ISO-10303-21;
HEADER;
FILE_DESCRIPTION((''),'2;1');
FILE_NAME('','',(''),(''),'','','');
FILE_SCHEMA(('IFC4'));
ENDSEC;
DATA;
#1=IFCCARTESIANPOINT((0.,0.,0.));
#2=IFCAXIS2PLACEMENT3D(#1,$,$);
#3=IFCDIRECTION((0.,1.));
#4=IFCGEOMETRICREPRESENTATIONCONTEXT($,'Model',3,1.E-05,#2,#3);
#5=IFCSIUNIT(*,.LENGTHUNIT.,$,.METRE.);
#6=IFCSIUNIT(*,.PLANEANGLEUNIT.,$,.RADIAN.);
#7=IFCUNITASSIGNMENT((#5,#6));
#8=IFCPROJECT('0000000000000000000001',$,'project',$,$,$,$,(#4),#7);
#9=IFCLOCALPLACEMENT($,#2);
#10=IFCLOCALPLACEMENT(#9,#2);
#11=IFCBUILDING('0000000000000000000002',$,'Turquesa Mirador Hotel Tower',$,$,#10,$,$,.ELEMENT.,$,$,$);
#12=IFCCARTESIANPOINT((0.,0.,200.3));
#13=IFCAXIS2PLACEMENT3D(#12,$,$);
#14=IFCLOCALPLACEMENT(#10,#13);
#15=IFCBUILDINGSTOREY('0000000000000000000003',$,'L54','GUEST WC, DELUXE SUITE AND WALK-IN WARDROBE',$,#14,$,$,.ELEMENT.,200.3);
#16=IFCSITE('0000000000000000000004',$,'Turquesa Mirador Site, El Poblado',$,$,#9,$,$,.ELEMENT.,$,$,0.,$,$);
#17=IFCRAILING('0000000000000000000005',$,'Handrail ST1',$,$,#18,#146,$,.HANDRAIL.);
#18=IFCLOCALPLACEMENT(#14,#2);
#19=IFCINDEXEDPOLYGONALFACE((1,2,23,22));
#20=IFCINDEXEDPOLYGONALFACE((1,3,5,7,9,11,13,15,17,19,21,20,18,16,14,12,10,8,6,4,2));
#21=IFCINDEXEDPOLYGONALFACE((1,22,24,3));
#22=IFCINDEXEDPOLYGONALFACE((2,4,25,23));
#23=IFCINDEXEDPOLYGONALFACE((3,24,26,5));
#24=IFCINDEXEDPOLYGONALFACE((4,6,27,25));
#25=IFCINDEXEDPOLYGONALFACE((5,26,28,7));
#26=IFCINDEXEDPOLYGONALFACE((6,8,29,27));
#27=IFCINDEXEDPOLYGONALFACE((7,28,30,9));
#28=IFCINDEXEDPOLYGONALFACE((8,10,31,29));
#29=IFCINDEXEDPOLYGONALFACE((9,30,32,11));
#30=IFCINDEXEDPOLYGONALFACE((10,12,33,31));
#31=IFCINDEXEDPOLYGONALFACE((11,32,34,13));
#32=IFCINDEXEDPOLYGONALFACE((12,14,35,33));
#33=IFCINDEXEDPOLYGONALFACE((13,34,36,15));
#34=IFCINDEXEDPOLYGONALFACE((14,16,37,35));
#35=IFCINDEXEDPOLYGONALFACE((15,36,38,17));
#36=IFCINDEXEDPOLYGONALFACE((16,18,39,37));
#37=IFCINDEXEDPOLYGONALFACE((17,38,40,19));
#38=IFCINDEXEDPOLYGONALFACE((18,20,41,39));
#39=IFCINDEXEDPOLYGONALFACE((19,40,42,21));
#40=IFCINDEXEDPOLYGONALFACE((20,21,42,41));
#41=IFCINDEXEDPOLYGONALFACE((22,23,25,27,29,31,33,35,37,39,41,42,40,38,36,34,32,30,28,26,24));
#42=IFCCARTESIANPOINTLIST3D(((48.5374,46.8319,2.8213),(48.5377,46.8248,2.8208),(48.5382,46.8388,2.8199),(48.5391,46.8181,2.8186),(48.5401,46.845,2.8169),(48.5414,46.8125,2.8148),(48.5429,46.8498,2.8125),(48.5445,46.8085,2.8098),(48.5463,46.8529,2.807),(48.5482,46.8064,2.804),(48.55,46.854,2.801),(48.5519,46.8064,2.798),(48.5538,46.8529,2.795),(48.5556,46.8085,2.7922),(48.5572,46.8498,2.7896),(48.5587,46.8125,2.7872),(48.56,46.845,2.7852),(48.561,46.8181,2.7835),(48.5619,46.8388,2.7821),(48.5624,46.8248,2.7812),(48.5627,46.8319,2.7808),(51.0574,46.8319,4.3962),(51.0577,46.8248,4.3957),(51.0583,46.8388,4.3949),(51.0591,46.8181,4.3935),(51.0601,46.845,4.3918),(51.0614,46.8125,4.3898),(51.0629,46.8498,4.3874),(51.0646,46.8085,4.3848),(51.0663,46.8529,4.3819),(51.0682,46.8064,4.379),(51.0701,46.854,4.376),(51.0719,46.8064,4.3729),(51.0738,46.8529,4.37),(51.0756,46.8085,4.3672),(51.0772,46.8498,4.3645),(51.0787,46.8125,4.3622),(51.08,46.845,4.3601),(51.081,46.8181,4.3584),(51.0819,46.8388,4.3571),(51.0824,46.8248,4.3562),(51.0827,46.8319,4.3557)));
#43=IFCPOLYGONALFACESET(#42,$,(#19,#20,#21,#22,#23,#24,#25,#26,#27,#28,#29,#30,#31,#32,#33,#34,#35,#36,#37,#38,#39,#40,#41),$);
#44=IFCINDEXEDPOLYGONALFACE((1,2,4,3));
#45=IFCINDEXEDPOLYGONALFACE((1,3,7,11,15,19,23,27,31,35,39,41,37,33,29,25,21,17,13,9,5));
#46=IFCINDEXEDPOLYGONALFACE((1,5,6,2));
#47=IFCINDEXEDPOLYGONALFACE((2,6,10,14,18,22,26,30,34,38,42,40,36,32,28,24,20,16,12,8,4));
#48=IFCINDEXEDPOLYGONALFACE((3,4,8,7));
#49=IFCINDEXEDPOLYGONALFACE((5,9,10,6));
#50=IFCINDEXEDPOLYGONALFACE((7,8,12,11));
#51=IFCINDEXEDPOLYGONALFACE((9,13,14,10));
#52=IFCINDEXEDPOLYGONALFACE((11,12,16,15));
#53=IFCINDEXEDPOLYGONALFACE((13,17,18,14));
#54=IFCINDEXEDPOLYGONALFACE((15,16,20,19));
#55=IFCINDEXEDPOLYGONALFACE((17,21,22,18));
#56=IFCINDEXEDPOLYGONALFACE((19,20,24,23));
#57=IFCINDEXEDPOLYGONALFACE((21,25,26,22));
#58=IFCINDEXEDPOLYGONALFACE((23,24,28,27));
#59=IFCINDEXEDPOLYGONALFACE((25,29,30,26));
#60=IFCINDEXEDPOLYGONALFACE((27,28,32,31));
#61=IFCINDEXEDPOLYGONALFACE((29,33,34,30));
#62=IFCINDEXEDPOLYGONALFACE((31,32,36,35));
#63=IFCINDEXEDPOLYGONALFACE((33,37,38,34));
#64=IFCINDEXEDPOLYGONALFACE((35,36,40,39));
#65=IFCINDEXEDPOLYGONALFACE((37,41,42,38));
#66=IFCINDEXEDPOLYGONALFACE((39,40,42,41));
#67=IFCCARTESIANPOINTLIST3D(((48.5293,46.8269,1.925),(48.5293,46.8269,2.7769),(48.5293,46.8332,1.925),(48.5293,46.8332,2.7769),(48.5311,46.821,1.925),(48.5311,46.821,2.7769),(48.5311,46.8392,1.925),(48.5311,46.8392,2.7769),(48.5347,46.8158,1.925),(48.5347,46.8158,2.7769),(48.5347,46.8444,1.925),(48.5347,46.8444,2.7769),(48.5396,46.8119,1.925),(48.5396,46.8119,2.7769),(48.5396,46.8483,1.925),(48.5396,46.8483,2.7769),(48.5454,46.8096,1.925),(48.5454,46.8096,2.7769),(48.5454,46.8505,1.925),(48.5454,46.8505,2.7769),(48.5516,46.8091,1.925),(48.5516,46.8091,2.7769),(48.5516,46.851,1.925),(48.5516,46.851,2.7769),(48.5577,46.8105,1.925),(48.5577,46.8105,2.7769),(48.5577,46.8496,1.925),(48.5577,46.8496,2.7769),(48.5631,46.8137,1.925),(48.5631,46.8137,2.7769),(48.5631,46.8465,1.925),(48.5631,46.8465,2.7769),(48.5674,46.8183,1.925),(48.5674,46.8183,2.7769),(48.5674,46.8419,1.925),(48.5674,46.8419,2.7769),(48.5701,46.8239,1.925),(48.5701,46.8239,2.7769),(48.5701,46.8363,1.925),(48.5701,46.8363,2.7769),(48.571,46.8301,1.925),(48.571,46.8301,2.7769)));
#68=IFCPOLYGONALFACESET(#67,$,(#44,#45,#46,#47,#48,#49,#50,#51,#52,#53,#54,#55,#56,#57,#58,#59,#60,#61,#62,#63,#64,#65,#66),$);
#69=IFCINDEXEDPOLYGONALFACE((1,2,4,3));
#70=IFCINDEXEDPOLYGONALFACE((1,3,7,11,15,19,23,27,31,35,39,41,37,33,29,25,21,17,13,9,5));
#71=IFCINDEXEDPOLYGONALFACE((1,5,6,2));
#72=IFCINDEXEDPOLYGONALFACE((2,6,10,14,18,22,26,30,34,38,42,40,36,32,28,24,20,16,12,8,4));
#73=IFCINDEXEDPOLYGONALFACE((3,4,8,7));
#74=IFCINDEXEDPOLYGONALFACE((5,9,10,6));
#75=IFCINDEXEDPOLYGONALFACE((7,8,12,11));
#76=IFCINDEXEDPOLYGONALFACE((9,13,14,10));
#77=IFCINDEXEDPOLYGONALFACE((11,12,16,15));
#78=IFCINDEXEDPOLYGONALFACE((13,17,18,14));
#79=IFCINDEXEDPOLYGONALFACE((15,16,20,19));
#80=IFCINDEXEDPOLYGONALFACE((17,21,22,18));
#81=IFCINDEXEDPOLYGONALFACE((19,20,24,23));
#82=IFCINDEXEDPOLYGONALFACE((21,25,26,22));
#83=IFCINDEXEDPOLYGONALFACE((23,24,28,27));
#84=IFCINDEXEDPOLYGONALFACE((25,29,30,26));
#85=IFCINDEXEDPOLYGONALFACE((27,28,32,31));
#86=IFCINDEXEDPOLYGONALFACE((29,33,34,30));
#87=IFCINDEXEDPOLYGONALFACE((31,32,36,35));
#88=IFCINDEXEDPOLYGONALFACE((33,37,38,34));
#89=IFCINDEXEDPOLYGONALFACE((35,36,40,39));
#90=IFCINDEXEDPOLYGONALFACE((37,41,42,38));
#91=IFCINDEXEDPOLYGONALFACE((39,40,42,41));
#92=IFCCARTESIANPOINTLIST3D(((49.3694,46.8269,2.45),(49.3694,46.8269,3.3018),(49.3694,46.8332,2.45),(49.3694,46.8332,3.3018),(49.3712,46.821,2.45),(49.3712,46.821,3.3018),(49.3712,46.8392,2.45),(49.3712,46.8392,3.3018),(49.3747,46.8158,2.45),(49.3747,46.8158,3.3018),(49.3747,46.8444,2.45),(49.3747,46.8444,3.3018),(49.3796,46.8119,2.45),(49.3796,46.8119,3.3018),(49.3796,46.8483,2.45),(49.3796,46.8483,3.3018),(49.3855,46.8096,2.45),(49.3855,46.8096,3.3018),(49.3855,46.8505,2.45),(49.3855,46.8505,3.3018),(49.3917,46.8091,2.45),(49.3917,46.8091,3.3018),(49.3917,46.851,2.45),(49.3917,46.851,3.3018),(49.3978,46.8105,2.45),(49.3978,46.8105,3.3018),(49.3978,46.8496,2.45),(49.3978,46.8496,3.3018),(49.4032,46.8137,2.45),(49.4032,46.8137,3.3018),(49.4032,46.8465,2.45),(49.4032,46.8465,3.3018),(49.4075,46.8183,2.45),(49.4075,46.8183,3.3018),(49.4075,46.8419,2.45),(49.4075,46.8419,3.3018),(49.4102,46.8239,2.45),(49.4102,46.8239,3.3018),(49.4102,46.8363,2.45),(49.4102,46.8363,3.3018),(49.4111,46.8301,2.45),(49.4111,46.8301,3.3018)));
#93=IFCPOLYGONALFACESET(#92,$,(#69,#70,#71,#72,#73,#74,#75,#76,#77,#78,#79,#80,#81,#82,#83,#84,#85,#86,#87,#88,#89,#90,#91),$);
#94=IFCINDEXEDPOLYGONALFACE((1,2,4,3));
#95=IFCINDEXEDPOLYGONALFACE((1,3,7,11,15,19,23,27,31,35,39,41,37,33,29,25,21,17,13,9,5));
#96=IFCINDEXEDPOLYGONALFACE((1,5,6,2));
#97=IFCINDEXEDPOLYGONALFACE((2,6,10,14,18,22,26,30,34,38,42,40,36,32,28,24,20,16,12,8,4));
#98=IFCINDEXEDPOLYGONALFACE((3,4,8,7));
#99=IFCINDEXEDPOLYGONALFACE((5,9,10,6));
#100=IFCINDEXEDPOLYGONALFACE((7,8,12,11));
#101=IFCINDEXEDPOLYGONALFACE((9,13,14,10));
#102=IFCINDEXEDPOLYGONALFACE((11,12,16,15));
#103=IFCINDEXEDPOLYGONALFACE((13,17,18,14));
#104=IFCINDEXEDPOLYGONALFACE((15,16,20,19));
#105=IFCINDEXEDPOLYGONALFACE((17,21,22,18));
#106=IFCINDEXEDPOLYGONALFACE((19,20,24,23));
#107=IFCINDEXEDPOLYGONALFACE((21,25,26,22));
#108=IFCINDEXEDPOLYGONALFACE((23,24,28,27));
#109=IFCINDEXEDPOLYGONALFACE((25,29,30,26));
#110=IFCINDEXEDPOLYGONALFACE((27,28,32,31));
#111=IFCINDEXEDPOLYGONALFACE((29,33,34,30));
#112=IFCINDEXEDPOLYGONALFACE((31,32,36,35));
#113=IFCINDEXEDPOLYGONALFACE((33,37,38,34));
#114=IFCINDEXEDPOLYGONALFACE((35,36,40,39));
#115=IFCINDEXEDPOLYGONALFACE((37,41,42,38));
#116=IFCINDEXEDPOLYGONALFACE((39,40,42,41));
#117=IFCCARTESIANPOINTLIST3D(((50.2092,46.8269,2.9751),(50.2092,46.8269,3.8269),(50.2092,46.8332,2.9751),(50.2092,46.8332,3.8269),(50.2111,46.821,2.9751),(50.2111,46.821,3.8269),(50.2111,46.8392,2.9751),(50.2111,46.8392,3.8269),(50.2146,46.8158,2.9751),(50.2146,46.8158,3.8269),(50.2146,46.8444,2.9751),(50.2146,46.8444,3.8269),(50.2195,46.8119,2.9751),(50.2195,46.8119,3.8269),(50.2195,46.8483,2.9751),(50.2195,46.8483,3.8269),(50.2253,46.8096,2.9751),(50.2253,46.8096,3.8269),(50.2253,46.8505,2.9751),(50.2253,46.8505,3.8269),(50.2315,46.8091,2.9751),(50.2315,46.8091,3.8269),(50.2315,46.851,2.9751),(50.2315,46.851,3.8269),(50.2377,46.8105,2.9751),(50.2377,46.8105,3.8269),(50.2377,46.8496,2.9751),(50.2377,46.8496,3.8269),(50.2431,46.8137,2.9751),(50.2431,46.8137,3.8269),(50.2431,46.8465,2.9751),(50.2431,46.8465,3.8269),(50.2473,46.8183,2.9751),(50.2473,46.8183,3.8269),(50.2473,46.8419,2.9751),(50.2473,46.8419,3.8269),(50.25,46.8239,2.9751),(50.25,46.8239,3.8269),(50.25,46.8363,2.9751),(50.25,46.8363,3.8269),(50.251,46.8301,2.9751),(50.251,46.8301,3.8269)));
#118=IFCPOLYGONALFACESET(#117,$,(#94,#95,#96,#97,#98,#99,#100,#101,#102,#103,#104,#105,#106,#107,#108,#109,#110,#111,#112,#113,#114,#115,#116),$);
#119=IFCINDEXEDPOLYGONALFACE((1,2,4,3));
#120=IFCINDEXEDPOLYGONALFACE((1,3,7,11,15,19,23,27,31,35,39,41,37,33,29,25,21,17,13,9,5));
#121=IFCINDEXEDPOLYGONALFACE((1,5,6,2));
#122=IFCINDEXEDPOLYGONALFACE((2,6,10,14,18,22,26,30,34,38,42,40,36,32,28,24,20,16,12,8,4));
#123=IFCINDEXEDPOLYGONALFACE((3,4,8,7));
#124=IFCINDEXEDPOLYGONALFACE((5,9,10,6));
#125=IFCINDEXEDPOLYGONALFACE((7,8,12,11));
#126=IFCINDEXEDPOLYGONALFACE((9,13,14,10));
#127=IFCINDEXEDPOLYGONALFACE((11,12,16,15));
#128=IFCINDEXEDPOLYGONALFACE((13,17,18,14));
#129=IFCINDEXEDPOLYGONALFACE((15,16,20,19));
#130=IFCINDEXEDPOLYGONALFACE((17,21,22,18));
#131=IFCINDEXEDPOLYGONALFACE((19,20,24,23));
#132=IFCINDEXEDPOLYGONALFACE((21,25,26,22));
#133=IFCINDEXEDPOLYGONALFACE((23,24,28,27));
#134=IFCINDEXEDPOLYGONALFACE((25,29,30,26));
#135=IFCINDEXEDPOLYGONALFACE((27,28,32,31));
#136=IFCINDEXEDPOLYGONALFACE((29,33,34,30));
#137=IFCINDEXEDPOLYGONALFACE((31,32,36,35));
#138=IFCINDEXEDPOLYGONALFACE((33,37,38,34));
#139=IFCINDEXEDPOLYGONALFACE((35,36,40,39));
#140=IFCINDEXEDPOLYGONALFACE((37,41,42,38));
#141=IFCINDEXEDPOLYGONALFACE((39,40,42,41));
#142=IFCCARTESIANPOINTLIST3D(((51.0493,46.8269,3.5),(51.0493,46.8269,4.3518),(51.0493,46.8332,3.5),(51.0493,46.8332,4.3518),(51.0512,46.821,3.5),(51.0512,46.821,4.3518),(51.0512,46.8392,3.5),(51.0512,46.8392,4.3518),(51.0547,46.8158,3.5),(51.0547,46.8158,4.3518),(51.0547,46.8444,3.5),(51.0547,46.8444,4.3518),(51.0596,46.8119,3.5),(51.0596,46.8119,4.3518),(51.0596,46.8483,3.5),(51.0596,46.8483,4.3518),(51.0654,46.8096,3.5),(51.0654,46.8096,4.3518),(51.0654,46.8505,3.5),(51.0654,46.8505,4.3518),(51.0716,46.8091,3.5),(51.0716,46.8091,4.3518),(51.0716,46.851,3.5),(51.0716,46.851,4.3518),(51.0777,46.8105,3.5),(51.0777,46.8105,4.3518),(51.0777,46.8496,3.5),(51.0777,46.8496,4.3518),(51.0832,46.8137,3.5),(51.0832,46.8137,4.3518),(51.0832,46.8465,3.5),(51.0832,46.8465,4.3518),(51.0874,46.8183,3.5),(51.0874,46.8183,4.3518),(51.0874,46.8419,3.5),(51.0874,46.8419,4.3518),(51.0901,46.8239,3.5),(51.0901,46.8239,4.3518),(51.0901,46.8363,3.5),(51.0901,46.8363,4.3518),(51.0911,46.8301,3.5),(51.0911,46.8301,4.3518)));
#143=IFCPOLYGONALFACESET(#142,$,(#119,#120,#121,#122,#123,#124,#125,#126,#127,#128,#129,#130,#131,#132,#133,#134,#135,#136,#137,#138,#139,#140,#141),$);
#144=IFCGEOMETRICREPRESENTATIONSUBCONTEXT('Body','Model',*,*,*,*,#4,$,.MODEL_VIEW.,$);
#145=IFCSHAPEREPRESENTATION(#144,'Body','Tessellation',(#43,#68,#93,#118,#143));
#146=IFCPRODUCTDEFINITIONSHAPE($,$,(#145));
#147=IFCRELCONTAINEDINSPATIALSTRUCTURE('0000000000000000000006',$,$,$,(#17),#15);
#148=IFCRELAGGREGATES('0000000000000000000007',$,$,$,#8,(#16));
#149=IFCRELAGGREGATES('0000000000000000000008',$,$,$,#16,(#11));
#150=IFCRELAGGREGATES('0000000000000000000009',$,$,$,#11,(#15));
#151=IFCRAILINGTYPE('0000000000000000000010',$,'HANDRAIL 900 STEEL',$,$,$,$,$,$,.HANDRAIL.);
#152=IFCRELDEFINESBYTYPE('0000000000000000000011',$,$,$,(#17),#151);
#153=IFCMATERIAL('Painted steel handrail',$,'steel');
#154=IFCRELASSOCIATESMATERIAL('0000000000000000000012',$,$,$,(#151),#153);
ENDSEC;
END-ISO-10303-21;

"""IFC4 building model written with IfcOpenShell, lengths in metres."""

from ifc_helpers import new_model, si_unit, direction, frame, origin, origin_2d, place, context, subcontext, project, spatial, circle, extrude, material, type_object, element, save


model = new_model("IFC4")

# Units and contexts
model_context = context("Model", 3, precision=1e-05, world=origin(), true_north=direction((0.0, 1.0)))
body_context = subcontext(model_context, "Body", "Model", "MODEL_VIEW")
ifc_project = project(units=[si_unit("LENGTHUNIT", "METRE"), si_unit("PLANEANGLEUNIT", "RADIAN")], contexts=[model_context])

# Site, building, storey
site_placement = place(None, origin())
site = spatial("IfcSite", under=ifc_project, at=site_placement, Name="Turquesa Mirador Site, El Poblado", CompositionType="ELEMENT", RefElevation=0.0)
building_placement = place(site_placement, origin())
building = spatial("IfcBuilding", under=site, at=building_placement, Name="Turquesa Mirador Hotel Tower", CompositionType="ELEMENT")
storey_placement = place(building_placement, frame((0.0, 0.0, 200.3)))
storey = spatial("IfcBuildingStorey", under=building, at=storey_placement, Name="L54", Description="GUEST WC, DELUXE SUITE AND WALK-IN WARDROBE", CompositionType="ELEMENT", Elevation=200.3)

# Railing
ifc_material_1 = material(Name="Painted steel handrail", Category="steel")
railing_type = type_object("IfcRailingType", Name="HANDRAIL 900 STEEL", PredefinedType="HANDRAIL", material=ifc_material_1)
for number, where, name in (
    (1, (48.55, 46.8301, 1.925), "Handrail ST1"),
):
    element("IfcRailing", number, at=place(storey_placement, frame(where)), inside=storey, type_object=railing_type, Name=name, PredefinedType="HANDRAIL", context=body_context, shape_type="SweptSolid", body=[
        extrude(circle(Radius=0.0239, at=origin_2d()), frame((0.0, 0.0, 0.876), z_axis=(0.848008, 0.0, 0.529984), x_axis=(0.0, 1.0, 0.0)), (0.0, 0.0, 1.0), 2.9717),
        extrude(circle(Radius=0.021, at=origin_2d()), origin(), (0.0, 0.0, 1.0), 0.8518),
        extrude(circle(Radius=0.021, at=origin_2d()), frame((0.8401, 0.0, 0.5249)), (0.0, 0.0, 1.0), 0.8518),
        extrude(circle(Radius=0.021, at=origin_2d()), frame((1.6799, 0.0, 1.05)), (0.0, 0.0, 1.0), 0.8518),
        extrude(circle(Radius=0.021, at=origin_2d()), frame((2.52, 0.0, 1.575)), (0.0, 0.0, 1.0), 0.8518),
    ])

save(model, "model.ifc")
